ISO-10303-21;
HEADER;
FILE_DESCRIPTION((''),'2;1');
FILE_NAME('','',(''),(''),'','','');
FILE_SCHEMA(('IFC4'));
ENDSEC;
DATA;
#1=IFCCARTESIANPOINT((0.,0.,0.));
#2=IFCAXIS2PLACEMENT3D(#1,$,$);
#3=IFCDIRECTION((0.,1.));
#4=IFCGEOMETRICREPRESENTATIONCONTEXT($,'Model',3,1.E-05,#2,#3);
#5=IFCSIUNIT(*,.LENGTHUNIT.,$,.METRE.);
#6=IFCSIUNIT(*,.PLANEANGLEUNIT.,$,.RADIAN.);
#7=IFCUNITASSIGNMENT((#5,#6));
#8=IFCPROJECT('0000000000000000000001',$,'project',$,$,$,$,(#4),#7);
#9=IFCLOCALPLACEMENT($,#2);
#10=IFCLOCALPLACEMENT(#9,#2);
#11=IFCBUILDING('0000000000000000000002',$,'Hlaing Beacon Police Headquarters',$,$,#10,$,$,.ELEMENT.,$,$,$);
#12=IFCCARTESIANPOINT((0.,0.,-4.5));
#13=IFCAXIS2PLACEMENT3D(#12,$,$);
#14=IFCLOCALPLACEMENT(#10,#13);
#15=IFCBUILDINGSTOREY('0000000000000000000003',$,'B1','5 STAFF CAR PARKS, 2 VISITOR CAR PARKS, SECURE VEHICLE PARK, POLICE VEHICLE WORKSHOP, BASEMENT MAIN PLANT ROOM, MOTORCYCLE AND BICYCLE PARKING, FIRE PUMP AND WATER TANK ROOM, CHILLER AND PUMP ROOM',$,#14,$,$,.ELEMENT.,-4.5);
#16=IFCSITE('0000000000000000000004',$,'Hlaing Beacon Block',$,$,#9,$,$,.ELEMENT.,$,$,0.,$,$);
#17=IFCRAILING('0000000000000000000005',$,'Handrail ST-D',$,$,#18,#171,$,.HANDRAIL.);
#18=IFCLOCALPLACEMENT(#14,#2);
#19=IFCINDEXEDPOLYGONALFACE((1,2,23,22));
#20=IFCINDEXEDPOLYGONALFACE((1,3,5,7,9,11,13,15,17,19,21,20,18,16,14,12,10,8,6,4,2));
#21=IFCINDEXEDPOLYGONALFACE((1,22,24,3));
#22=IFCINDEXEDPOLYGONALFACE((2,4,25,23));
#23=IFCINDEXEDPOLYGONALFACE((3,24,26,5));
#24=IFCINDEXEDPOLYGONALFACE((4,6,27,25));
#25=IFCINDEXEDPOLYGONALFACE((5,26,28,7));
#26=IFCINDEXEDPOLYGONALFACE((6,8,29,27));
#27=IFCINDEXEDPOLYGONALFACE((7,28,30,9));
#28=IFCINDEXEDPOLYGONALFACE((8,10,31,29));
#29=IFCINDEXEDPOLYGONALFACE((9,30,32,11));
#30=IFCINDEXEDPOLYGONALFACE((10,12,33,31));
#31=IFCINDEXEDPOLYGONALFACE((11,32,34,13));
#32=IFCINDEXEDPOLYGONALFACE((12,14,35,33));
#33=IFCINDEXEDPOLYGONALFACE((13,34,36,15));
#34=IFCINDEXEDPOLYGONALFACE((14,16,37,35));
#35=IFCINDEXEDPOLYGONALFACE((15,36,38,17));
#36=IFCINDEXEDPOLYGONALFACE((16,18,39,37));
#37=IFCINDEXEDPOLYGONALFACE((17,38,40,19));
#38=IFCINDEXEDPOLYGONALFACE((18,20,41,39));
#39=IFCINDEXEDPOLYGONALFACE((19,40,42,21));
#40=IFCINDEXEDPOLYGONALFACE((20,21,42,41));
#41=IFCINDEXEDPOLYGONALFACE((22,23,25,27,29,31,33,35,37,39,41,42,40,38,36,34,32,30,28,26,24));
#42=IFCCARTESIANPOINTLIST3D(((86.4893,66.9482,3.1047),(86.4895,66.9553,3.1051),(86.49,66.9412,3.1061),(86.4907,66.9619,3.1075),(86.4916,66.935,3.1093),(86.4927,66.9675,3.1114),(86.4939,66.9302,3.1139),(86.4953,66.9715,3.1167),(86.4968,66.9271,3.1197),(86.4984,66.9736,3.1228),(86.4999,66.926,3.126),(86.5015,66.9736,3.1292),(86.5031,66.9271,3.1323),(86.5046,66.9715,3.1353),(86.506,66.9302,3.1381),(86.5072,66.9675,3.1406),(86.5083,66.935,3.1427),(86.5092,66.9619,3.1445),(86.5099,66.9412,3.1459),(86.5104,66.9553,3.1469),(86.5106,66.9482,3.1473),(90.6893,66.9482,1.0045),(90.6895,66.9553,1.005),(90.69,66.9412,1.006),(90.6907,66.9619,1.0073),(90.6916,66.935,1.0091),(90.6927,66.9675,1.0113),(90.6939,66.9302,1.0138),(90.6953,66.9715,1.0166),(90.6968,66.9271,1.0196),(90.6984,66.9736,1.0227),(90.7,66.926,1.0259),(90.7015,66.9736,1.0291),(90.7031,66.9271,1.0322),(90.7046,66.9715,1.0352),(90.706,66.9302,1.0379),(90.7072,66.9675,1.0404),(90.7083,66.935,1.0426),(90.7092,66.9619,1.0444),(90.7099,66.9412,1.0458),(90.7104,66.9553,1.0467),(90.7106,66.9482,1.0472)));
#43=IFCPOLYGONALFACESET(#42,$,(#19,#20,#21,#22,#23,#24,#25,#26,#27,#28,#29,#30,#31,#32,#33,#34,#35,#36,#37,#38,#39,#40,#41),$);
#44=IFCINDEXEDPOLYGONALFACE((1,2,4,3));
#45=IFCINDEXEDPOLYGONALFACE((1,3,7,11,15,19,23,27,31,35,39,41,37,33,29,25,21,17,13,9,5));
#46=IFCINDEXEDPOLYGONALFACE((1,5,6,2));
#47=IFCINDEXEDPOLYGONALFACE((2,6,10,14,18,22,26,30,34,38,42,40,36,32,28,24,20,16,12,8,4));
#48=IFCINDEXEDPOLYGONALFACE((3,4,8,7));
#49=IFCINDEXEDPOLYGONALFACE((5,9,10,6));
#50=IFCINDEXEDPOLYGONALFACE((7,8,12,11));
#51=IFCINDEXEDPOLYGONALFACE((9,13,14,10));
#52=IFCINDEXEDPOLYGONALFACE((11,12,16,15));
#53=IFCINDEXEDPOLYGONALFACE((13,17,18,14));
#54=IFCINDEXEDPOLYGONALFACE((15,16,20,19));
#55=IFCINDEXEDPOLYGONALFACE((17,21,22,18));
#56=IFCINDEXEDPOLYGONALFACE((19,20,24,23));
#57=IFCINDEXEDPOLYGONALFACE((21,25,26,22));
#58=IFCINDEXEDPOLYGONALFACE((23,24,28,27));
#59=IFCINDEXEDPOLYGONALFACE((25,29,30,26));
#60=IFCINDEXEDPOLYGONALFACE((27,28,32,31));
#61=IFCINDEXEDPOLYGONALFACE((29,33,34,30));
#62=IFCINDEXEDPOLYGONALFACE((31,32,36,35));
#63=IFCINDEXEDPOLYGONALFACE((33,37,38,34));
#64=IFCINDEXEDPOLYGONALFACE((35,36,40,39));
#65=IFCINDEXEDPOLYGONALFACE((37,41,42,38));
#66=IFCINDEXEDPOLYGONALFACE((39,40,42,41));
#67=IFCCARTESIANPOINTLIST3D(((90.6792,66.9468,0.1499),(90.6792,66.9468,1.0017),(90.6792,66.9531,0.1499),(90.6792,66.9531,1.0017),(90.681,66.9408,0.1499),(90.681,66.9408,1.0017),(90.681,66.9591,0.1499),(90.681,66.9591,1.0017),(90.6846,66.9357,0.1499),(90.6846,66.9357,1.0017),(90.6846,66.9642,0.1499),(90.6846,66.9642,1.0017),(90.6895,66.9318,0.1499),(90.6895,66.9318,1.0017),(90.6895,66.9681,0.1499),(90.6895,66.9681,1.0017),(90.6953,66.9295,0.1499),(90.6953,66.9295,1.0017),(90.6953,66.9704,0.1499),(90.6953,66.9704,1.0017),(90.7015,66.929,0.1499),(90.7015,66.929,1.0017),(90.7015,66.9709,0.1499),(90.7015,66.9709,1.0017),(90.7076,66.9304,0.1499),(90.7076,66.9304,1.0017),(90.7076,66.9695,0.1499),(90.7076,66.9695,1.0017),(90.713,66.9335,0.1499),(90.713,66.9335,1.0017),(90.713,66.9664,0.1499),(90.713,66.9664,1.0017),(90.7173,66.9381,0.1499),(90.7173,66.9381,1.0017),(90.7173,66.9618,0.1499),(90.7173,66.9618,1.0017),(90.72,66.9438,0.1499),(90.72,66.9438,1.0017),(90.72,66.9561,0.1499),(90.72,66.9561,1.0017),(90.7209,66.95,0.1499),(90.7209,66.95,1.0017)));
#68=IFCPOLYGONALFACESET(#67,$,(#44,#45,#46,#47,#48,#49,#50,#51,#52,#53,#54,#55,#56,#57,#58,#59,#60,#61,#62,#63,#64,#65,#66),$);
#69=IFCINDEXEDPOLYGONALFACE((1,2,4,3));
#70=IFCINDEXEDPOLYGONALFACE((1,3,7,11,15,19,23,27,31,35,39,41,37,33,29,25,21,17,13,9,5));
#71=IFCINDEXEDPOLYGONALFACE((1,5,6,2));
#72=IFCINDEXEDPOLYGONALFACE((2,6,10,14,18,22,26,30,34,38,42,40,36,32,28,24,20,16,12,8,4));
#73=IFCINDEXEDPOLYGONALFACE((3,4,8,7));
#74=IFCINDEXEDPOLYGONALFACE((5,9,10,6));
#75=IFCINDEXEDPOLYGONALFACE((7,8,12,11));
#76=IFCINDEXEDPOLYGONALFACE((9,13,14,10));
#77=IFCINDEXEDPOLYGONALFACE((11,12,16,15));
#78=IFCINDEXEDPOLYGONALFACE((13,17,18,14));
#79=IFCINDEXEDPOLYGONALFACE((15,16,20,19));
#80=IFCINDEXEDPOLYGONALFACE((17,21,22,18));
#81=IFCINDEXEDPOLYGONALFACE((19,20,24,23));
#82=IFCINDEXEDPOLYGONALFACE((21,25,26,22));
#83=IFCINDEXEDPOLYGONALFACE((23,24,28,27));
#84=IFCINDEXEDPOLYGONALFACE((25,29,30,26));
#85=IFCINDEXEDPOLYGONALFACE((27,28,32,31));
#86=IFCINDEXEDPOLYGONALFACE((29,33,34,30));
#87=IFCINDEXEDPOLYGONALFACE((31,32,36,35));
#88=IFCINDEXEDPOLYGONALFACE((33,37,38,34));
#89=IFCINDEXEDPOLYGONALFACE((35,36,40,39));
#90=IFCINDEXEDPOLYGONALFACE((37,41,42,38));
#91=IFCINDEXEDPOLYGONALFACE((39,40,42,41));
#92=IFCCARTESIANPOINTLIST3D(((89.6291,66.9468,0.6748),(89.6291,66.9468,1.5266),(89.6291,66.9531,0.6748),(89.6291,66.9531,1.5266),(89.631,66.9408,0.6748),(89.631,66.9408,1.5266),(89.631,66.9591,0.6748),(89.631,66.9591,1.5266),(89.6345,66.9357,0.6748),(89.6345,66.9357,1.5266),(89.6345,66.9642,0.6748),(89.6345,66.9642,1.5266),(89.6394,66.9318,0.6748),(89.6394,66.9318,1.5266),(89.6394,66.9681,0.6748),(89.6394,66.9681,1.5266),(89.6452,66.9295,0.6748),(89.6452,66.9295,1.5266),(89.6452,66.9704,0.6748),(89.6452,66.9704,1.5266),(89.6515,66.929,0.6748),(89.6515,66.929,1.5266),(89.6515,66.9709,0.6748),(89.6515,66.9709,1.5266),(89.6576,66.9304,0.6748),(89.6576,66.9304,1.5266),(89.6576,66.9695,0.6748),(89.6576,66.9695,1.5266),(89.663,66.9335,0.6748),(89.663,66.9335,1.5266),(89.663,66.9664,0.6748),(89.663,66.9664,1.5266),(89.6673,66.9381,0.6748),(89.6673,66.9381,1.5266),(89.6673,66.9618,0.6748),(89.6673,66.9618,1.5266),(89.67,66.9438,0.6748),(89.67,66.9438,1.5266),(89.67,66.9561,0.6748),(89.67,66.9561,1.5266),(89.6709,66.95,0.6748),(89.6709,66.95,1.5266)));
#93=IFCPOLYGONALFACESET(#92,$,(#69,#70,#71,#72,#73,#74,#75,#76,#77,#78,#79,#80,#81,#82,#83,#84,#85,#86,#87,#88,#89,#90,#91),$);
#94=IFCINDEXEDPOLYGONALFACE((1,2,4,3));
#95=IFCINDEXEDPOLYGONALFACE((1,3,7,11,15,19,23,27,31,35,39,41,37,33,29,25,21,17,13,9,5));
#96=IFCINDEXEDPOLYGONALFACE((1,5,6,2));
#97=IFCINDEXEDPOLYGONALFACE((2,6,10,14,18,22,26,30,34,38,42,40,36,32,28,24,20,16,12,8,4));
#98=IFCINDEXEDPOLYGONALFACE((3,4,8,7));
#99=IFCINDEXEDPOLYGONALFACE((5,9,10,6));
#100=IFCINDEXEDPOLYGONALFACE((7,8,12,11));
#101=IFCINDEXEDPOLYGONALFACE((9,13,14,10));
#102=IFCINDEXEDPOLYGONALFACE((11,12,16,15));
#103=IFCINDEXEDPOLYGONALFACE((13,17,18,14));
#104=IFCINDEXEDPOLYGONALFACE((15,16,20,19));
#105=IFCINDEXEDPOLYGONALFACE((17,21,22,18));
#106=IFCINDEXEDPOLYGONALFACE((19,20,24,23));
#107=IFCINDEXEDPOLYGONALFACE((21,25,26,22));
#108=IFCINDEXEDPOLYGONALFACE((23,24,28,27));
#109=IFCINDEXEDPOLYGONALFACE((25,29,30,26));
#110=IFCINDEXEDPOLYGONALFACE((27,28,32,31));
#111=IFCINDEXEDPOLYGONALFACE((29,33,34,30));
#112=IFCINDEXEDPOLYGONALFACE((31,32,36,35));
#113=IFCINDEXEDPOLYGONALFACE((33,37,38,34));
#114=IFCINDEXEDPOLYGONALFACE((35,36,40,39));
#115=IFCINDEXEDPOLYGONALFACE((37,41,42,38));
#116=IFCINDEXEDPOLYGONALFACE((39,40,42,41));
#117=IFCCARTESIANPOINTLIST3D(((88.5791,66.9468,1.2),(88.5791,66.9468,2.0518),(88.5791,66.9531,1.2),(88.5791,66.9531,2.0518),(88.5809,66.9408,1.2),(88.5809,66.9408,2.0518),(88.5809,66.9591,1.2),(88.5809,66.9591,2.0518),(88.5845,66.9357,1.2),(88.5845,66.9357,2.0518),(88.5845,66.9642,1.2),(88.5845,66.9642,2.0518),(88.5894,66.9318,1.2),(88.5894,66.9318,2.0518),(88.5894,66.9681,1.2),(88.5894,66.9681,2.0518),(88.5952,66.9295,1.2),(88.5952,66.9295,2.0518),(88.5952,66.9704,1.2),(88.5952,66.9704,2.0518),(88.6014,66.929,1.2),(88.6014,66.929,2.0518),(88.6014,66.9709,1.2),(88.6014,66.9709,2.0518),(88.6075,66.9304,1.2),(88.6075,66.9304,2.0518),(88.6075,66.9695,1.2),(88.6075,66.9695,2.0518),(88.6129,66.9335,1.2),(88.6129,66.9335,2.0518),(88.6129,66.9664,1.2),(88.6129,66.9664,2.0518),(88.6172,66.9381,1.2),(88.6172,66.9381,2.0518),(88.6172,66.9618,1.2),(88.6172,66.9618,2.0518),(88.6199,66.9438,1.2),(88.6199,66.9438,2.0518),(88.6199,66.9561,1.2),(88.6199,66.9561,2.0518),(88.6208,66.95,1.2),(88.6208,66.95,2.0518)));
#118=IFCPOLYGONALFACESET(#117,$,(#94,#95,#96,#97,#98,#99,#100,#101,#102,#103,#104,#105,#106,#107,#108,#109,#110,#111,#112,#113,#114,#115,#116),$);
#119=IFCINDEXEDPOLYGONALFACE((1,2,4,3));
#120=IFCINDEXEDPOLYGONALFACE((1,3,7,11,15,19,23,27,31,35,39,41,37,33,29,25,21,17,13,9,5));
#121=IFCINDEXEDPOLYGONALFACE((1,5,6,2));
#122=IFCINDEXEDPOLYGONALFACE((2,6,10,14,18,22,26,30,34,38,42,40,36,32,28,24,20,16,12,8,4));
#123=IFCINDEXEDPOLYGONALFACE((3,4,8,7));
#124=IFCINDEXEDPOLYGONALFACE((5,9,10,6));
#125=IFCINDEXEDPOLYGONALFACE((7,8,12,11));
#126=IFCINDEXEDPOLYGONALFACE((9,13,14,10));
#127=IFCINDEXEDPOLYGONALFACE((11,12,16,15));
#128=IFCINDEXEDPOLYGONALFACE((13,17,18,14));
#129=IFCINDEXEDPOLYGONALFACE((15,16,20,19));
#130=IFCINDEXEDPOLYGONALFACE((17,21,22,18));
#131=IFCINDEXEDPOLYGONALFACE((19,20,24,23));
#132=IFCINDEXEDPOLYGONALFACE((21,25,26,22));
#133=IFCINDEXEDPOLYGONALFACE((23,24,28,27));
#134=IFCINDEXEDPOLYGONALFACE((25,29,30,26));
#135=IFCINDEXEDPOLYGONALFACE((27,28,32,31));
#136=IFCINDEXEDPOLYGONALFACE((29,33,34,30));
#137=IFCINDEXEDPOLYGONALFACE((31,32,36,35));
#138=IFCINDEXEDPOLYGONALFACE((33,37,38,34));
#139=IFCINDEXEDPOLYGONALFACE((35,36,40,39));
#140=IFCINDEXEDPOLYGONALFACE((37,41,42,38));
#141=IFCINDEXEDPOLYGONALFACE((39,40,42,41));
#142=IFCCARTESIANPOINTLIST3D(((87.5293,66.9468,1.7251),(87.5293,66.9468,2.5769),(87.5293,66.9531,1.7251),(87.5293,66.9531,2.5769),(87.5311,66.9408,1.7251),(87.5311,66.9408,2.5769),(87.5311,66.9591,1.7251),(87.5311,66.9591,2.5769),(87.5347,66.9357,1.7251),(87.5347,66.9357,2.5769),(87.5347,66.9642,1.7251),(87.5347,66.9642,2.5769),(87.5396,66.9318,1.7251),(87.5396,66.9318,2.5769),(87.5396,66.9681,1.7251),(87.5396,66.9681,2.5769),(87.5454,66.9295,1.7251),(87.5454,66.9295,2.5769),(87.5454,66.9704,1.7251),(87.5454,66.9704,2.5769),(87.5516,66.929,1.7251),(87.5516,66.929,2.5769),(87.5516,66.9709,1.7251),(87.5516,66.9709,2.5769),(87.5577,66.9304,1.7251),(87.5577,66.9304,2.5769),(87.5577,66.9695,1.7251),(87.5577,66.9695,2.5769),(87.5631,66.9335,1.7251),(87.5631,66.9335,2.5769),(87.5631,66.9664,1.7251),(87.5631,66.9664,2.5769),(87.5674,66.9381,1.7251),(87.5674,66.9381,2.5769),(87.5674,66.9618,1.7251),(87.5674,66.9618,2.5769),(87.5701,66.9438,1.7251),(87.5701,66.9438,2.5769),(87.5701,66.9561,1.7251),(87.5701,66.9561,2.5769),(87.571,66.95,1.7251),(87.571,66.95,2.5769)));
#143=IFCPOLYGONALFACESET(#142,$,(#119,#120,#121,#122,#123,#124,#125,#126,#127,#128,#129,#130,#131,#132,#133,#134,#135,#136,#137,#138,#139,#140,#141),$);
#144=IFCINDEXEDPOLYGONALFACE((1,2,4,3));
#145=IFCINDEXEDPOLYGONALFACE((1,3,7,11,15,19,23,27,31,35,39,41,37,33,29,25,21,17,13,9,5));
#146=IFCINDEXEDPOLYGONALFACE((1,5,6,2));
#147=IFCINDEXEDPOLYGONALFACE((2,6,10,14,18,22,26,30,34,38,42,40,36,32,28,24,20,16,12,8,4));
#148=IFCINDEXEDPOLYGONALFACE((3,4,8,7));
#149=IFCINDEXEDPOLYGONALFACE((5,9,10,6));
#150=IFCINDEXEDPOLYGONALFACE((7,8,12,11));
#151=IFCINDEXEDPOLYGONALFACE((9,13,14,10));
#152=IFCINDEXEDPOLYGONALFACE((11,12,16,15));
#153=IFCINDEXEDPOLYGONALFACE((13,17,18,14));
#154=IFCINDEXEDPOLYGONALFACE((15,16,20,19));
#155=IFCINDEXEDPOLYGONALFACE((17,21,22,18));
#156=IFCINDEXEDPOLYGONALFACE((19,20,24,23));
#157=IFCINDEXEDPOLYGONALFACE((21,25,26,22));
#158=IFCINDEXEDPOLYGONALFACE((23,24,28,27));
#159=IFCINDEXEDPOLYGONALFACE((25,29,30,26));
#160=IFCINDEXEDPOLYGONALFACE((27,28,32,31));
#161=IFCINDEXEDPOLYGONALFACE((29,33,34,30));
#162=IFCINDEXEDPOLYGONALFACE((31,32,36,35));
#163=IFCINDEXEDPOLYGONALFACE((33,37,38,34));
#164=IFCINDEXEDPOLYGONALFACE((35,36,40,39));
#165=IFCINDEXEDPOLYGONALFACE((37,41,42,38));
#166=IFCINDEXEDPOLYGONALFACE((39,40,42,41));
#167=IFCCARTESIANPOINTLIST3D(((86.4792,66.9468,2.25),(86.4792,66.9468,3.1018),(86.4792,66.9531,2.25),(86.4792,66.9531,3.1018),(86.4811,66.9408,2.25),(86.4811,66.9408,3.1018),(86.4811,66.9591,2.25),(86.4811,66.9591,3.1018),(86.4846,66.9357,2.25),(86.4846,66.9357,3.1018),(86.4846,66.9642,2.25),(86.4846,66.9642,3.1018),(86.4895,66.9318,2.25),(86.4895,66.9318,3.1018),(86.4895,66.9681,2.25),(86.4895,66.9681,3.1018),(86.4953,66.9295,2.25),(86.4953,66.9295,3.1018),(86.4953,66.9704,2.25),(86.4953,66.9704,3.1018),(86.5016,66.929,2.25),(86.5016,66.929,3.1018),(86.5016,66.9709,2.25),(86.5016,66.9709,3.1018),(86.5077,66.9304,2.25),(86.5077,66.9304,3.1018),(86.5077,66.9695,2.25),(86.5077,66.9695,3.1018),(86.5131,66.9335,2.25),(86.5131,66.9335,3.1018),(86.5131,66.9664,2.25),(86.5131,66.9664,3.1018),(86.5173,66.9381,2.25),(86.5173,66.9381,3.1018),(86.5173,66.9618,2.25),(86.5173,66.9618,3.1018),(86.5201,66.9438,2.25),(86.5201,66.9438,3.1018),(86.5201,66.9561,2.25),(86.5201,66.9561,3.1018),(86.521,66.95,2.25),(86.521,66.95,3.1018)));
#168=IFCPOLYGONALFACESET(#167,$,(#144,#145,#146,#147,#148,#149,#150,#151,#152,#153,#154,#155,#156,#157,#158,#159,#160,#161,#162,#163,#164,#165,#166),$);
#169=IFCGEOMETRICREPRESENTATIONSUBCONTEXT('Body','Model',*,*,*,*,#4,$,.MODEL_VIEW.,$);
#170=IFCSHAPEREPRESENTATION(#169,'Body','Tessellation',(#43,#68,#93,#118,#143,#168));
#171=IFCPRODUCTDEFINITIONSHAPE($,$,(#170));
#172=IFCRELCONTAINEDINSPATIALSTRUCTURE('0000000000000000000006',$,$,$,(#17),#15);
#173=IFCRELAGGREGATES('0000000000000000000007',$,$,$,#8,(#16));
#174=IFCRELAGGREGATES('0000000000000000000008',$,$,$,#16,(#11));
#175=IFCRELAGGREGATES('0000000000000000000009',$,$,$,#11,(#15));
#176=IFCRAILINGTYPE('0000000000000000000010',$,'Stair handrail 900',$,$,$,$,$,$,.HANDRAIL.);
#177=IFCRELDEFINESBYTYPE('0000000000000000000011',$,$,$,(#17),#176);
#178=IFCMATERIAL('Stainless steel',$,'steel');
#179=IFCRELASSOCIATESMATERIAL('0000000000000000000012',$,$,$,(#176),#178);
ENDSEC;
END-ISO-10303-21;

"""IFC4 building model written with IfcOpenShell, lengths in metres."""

from ifc_helpers import new_model, si_unit, direction, frame, origin, origin_2d, place, context, subcontext, project, spatial, circle, extrude, material, type_object, element, save


model = new_model("IFC4")

# Units and contexts
model_context = context("Model", 3, precision=1e-05, world=origin(), true_north=direction((0.0, 1.0)))
body_context = subcontext(model_context, "Body", "Model", "MODEL_VIEW")
ifc_project = project(units=[si_unit("LENGTHUNIT", "METRE"), si_unit("PLANEANGLEUNIT", "RADIAN")], contexts=[model_context])

# Site, building, storey
site_placement = place(None, origin())
site = spatial("IfcSite", under=ifc_project, at=site_placement, Name="Hlaing Beacon Block", CompositionType="ELEMENT", RefElevation=0.0)
building_placement = place(site_placement, origin())
building = spatial("IfcBuilding", under=site, at=building_placement, Name="Hlaing Beacon Police Headquarters", CompositionType="ELEMENT")
storey_placement = place(building_placement, frame((0.0, 0.0, -4.5)))
storey = spatial("IfcBuildingStorey", under=building, at=storey_placement, Name="B1", Description="5 STAFF CAR PARKS, 2 VISITOR CAR PARKS, SECURE VEHICLE PARK, POLICE VEHICLE WORKSHOP, BASEMENT MAIN PLANT ROOM, MOTORCYCLE AND BICYCLE PARKING, FIRE PUMP AND WATER TANK ROOM, CHILLER AND PUMP ROOM", CompositionType="ELEMENT", Elevation=-4.5)

# Railing
ifc_material_1 = material(Name="Stainless steel", Category="steel")
railing_type = type_object("IfcRailingType", Name="Stair handrail 900", PredefinedType="HANDRAIL", material=ifc_material_1)
railing_placement = place(storey_placement, frame((90.7, 66.95, 0.1499)))
element("IfcRailing", 1, at=railing_placement, inside=storey, type_object=railing_type, Name="Handrail ST-D", PredefinedType="HANDRAIL", context=body_context, shape_type="SweptSolid", body=[
    extrude(circle(Radius=0.0239, at=origin_2d()), frame((0.0, 0.0, 0.876), z_axis=(-0.894417, 0.0, 0.447234), x_axis=(0.0, -1.0, 0.0)), (0.0, 0.0, 1.0), 4.6958),
    extrude(circle(Radius=0.021, at=origin_2d()), origin(), (0.0, 0.0, 1.0), 0.8518),
    extrude(circle(Radius=0.021, at=origin_2d()), frame((-1.05, 0.0, 0.5249)), (0.0, 0.0, 1.0), 0.8518),
    extrude(circle(Radius=0.021, at=origin_2d()), frame((-2.1001, 0.0, 1.05)), (0.0, 0.0, 1.0), 0.8518),
    extrude(circle(Radius=0.021, at=origin_2d()), frame((-3.1499, 0.0, 1.5752)), (0.0, 0.0, 1.0), 0.8518),
    extrude(circle(Radius=0.021, at=origin_2d()), frame((-4.2, 0.0, 2.1001)), (0.0, 0.0, 1.0), 0.8518),
])

save(model, "model.ifc")
